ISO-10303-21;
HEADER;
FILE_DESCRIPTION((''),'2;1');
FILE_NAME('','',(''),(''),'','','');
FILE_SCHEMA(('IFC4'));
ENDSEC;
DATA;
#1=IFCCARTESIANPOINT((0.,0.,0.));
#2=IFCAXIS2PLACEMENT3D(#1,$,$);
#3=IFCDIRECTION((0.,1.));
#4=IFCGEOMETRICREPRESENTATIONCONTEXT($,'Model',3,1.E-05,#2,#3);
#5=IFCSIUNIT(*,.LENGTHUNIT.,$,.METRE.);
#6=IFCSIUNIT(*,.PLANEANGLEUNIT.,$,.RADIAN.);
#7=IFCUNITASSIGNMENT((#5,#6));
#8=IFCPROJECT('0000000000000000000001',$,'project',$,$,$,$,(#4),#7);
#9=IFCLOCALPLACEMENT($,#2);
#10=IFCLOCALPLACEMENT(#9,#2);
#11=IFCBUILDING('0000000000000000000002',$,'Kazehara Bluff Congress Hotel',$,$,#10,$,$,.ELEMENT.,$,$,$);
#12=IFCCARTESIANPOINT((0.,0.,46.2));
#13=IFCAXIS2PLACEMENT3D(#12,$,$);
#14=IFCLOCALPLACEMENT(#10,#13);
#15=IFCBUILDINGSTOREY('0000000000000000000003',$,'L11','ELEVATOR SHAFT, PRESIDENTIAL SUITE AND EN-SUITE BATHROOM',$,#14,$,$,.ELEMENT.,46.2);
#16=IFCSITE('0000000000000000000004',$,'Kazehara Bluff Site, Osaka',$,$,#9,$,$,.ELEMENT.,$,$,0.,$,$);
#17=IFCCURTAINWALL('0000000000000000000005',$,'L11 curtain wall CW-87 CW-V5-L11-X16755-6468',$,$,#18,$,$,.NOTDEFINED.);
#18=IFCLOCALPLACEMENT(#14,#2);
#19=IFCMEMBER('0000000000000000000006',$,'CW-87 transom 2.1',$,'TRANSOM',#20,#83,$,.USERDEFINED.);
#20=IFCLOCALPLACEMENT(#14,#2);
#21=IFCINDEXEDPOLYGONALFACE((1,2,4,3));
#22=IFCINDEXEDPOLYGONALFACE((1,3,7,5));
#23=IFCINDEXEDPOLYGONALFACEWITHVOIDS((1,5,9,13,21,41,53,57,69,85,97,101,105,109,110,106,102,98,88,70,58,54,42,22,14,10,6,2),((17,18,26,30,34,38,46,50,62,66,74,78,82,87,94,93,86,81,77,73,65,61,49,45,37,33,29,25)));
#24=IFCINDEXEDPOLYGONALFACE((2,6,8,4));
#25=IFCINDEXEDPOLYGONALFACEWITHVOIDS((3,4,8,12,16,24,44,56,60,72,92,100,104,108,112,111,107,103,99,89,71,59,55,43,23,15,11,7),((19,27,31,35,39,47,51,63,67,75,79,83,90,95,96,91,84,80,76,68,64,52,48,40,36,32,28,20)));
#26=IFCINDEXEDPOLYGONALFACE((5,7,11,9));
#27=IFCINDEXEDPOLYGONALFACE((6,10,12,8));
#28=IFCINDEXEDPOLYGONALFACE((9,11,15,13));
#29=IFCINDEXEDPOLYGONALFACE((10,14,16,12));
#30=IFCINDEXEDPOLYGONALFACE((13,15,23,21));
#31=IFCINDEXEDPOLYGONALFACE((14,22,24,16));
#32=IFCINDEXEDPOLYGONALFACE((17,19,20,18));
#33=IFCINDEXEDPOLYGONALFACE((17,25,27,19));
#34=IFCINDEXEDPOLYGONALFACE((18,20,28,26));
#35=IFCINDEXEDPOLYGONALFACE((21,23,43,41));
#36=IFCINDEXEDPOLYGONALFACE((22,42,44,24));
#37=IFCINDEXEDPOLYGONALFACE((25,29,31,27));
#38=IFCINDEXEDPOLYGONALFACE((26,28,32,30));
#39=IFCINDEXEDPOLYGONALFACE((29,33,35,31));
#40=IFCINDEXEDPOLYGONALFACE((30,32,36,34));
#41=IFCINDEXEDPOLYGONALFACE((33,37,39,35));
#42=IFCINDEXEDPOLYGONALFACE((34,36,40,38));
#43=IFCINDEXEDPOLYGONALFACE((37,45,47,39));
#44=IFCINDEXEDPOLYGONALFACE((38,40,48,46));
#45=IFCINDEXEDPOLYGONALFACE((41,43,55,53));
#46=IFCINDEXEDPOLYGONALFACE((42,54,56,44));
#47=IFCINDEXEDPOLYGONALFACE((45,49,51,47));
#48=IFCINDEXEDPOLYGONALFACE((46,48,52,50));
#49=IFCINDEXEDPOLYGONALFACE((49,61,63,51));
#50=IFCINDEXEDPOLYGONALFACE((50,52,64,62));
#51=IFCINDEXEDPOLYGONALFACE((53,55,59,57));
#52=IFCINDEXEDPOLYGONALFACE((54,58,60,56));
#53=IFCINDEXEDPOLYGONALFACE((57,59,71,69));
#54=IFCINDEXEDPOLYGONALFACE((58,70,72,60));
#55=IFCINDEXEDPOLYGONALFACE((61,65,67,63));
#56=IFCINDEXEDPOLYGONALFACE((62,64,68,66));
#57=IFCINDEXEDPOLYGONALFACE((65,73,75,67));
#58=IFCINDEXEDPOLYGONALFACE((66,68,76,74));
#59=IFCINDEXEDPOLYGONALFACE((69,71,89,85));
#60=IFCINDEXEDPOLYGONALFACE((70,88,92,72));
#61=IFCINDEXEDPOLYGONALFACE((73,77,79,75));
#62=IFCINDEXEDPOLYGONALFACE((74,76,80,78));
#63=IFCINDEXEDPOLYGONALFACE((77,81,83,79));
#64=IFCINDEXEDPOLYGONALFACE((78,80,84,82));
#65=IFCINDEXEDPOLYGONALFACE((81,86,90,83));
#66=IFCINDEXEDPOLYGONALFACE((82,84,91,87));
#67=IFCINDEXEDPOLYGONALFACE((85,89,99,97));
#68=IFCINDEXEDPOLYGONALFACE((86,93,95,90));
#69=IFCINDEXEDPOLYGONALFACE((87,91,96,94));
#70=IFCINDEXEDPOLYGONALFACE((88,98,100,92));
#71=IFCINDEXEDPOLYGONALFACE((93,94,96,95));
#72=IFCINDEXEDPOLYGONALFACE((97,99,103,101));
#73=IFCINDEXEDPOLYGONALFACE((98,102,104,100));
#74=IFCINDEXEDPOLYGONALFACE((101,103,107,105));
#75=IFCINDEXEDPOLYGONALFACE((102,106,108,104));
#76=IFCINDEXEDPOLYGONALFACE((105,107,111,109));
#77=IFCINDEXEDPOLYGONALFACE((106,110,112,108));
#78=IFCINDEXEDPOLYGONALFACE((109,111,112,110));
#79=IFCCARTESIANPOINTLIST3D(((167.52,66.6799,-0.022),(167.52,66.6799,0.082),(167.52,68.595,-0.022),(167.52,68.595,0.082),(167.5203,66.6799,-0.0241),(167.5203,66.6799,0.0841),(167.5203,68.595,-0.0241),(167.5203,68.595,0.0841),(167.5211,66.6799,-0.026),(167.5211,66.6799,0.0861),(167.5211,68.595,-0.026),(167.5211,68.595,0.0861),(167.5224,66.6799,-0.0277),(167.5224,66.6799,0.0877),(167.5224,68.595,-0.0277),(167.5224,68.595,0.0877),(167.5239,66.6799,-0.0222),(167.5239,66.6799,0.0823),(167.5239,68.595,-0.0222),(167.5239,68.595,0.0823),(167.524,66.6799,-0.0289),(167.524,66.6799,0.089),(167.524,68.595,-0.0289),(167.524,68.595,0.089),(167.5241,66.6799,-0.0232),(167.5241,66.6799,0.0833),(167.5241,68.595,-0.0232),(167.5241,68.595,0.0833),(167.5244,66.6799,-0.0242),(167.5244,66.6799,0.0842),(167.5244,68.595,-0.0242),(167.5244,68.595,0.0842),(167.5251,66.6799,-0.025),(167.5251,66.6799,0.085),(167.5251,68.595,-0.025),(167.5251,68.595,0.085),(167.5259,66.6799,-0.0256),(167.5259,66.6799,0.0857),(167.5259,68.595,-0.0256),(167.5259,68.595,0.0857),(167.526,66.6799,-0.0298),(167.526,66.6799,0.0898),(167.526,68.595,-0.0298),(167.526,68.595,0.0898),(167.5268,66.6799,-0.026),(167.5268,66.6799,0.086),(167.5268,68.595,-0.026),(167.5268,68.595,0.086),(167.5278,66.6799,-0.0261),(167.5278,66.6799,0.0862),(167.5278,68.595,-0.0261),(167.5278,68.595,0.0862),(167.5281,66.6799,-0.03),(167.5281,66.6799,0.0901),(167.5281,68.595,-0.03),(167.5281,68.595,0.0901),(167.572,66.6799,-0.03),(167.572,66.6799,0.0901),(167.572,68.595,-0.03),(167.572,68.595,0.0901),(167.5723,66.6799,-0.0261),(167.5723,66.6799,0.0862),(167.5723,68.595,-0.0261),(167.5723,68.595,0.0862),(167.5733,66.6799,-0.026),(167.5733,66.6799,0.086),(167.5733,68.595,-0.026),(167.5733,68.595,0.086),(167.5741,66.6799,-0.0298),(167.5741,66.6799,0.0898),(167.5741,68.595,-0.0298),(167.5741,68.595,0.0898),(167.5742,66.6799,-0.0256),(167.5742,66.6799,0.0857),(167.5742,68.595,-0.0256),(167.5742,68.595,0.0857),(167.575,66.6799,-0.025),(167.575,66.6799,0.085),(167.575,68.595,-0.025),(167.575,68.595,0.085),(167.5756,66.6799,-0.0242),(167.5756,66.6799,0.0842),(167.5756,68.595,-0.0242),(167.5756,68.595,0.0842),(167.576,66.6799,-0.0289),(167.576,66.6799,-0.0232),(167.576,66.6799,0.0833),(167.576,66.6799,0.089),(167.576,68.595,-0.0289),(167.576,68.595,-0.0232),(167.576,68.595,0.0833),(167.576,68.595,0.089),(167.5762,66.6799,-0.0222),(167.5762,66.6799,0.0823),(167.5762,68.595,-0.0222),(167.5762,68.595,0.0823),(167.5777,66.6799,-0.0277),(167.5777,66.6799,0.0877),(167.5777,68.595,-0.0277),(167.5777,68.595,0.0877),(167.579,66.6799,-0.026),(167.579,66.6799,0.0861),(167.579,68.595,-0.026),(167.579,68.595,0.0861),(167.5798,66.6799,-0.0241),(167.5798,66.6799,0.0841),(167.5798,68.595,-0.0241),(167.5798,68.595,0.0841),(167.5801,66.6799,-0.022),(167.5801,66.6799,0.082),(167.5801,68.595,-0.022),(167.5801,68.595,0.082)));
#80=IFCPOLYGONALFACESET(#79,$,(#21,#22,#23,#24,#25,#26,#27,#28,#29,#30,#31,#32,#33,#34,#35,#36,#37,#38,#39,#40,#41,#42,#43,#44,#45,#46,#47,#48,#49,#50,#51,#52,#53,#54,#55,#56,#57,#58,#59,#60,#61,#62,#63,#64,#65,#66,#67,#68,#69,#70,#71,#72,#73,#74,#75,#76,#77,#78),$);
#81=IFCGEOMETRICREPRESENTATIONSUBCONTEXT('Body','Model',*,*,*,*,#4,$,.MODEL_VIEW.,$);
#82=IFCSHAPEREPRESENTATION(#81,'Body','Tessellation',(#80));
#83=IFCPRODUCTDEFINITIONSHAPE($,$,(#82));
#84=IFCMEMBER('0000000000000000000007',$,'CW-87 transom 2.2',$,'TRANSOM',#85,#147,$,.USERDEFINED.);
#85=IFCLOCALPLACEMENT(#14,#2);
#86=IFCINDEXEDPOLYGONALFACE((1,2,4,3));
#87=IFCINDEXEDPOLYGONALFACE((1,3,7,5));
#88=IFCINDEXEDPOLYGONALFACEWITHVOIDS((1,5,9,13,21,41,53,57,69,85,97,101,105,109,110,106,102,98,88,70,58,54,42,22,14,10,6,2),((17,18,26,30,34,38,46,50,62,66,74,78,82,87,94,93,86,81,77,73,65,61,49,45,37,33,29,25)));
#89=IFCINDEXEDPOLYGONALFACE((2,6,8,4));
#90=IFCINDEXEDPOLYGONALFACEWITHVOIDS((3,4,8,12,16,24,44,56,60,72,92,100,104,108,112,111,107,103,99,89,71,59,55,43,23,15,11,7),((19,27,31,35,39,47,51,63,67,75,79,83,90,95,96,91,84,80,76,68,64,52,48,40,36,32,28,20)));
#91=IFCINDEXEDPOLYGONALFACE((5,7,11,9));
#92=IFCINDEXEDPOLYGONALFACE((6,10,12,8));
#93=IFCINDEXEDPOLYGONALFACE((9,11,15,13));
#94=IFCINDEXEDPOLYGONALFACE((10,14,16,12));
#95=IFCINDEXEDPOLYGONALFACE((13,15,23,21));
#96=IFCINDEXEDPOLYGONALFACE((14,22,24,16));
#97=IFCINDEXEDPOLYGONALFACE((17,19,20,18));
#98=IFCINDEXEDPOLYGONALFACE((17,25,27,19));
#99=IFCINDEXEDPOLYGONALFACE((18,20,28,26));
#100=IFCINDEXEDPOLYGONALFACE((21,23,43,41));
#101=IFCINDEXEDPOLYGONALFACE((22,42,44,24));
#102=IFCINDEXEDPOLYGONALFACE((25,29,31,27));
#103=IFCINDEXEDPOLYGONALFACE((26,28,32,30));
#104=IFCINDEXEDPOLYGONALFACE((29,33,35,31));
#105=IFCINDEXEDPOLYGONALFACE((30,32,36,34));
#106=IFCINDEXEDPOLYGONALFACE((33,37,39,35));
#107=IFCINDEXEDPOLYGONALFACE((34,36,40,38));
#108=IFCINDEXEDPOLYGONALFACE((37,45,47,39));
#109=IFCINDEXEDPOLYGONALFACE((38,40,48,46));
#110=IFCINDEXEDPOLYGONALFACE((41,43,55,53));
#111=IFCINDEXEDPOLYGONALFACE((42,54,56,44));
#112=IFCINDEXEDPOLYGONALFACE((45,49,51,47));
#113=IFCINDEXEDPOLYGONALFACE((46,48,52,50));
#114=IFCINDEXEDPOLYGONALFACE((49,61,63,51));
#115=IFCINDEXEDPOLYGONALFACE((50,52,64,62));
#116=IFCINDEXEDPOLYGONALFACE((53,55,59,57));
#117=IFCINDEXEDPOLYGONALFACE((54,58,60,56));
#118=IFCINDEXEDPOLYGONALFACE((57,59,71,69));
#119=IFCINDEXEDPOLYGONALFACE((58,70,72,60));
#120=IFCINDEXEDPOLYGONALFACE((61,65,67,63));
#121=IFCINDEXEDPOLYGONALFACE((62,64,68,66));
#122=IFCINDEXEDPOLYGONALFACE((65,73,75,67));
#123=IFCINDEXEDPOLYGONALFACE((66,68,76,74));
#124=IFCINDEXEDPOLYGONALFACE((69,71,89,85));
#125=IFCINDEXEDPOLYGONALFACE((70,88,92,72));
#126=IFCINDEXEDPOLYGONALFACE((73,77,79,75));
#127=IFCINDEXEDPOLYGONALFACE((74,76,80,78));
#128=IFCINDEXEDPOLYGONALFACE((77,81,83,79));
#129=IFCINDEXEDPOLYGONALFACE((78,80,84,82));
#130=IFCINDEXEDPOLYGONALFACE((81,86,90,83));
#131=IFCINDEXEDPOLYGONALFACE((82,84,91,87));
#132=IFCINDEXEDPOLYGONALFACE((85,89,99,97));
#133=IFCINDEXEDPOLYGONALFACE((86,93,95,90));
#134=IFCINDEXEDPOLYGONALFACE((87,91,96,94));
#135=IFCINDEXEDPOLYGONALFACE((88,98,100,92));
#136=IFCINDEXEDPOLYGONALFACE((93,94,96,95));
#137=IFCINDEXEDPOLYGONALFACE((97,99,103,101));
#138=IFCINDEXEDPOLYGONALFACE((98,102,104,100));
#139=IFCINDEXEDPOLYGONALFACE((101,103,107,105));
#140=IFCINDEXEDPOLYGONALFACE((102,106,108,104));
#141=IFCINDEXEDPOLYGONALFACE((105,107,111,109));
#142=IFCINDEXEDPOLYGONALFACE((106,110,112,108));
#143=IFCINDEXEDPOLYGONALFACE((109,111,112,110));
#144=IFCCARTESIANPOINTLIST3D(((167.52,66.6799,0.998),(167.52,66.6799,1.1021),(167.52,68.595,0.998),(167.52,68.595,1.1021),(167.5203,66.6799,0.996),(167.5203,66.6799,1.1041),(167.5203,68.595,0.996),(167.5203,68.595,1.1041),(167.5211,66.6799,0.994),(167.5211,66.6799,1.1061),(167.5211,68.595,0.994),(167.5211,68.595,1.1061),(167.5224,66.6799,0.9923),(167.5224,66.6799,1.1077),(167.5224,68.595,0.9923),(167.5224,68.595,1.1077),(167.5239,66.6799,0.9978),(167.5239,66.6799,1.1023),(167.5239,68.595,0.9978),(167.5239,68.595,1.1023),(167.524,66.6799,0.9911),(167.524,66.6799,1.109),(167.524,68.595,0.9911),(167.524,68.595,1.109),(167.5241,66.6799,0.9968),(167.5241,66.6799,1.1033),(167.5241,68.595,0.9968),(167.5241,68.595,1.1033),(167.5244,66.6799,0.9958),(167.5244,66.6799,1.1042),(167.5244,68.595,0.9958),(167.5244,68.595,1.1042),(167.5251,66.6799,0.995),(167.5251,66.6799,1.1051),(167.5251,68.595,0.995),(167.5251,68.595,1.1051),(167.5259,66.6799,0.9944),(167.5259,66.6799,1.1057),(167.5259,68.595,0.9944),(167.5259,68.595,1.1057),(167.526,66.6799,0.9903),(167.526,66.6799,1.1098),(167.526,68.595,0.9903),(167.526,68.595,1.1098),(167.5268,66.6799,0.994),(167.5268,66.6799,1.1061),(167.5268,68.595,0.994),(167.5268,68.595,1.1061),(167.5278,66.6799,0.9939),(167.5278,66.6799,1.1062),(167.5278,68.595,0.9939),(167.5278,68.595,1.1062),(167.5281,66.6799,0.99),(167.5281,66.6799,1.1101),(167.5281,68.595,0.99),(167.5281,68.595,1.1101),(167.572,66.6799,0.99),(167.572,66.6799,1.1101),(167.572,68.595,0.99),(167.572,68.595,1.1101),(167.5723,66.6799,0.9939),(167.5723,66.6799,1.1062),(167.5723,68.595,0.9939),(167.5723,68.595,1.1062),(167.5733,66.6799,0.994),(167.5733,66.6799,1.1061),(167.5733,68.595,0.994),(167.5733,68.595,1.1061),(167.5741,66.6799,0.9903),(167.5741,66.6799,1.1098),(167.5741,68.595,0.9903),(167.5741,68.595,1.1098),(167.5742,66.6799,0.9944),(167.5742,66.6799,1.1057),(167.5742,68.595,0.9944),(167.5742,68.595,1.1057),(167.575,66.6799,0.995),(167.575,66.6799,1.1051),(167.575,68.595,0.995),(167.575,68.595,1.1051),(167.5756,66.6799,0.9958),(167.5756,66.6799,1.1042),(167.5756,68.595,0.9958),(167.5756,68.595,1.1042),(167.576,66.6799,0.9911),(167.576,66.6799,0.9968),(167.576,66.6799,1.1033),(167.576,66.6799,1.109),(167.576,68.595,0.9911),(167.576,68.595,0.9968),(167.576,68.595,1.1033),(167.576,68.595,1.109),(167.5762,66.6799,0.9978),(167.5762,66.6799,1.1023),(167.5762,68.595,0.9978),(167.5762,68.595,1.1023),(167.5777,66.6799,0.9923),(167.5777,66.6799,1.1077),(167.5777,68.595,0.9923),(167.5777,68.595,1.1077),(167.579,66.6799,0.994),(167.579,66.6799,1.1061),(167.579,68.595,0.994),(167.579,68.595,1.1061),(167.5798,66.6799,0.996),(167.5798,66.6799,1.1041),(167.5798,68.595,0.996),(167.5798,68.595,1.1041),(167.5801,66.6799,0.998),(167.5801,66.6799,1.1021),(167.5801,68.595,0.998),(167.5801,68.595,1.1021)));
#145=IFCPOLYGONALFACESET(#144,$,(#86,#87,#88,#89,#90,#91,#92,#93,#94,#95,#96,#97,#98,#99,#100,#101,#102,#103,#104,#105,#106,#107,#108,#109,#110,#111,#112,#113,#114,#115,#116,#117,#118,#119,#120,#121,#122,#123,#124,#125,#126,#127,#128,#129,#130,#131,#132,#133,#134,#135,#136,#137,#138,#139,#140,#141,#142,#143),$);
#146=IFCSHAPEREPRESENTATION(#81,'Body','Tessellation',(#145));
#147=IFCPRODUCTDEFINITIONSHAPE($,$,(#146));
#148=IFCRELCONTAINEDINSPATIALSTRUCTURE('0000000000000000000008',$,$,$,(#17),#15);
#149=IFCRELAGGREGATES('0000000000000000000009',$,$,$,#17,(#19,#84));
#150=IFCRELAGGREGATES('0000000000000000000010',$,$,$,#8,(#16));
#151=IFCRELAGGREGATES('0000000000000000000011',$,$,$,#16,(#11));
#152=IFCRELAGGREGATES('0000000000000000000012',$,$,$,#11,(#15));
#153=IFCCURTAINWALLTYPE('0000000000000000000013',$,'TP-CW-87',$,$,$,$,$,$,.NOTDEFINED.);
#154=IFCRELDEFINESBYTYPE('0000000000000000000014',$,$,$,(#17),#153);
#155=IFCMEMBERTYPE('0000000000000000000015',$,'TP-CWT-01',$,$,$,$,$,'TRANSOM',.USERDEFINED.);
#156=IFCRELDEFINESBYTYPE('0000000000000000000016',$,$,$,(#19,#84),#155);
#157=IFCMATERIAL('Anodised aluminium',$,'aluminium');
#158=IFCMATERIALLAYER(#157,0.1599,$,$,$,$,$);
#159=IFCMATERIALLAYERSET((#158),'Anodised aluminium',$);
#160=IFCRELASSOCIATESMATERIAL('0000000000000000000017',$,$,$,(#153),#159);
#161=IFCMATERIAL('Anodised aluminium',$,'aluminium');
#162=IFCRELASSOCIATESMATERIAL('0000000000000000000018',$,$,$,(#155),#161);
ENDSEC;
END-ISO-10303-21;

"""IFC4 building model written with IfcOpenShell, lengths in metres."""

from ifc_helpers import new_model, si_unit, direction, frame, origin, origin_2d, place, context, subcontext, project, spatial, hollow_rectangle, extrude, material, layer, layer_set, material_profile, profile_set, type_object, element, aggregate, save


model = new_model("IFC4")

# Units and contexts
model_context = context("Model", 3, precision=1e-05, world=origin(), true_north=direction((0.0, 1.0)))
body_context = subcontext(model_context, "Body", "Model", "MODEL_VIEW")
ifc_project = project(units=[si_unit("LENGTHUNIT", "METRE"), si_unit("PLANEANGLEUNIT", "RADIAN")], contexts=[model_context])

# Site, building, storey
site_placement = place(None, origin())
site = spatial("IfcSite", under=ifc_project, at=site_placement, Name="Kazehara Bluff Site, Osaka", CompositionType="ELEMENT", RefElevation=0.0)
building_placement = place(site_placement, origin())
building = spatial("IfcBuilding", under=site, at=building_placement, Name="Kazehara Bluff Congress Hotel", CompositionType="ELEMENT")
storey_placement = place(building_placement, frame((0.0, 0.0, 46.2)))
storey = spatial("IfcBuildingStorey", under=building, at=storey_placement, Name="L11", Description="ELEVATOR SHAFT, PRESIDENTIAL SUITE AND EN-SUITE BATHROOM", CompositionType="ELEMENT", Elevation=46.2)

# Curtain wall, members
ifc_material_1 = material(Name="Anodised aluminium", Category="aluminium")
ifc_layer_1 = layer(ifc_material_1, 0.1599)
ifc_layer_set_1 = layer_set([ifc_layer_1], Name="Anodised aluminium")
curtain_wall_type = type_object("IfcCurtainWallType", Name="TP-CW-87", PredefinedType="NOTDEFINED", material=ifc_layer_set_1)
curtain_wall_placement = place(storey_placement, origin())
curtain_wall = element("IfcCurtainWall", 1, at=curtain_wall_placement, inside=storey, type_object=curtain_wall_type, Name="L11 curtain wall CW-87 CW-V5-L11-X16755-6468", PredefinedType="NOTDEFINED")
ifc_material_2 = material(Name="Anodised aluminium", Category="aluminium")
ifc_material_profile_1 = material_profile(ifc_material_2, hollow_rectangle(XDim=0.0601, YDim=0.1201, WallThickness=0.0039, InnerFilletRadius=0.0039, OuterFilletRadius=0.0081, at=origin_2d()))
ifc_profile_set_1 = profile_set([ifc_material_profile_1], Name="Anodised aluminium")
member_type_1 = type_object("IfcMemberType", Name="TP-CWT-01", ElementType="TRANSOM", PredefinedType="USERDEFINED", material=ifc_profile_set_1)
member_1_placement = place(storey_placement, frame((167.55, 66.6799, 0.03), z_axis=(0.0, 1.0, 0.0), x_axis=(-1.0, 0.0, 0.0)))
member_1 = element("IfcMember", 2, at=member_1_placement, type_object=member_type_1, Name="CW-87 transom 2.1", ObjectType="TRANSOM", PredefinedType="USERDEFINED", context=body_context, shape_type="SweptSolid", body=[
    extrude(hollow_rectangle(XDim=0.0601, YDim=0.1201, WallThickness=0.0039, InnerFilletRadius=0.0039, OuterFilletRadius=0.0081, at=origin_2d()), origin(), (0.0, 0.0, 1.0), 1.915),
])
member_2_placement = place(storey_placement, frame((167.55, 66.6799, 1.05), z_axis=(0.0, 1.0, 0.0), x_axis=(-1.0, 0.0, 0.0)))
member_2 = element("IfcMember", 3, at=member_2_placement, type_object=member_type_1, Name="CW-87 transom 2.2", ObjectType="TRANSOM", PredefinedType="USERDEFINED", context=body_context, shape_type="SweptSolid", body=[
    extrude(hollow_rectangle(XDim=0.0601, YDim=0.1201, WallThickness=0.0039, InnerFilletRadius=0.0039, OuterFilletRadius=0.0081, at=origin_2d()), origin(), (0.0, 0.0, 1.0), 1.915),
])
aggregate(curtain_wall, [member_1, member_2])

save(model, "model.ifc")
